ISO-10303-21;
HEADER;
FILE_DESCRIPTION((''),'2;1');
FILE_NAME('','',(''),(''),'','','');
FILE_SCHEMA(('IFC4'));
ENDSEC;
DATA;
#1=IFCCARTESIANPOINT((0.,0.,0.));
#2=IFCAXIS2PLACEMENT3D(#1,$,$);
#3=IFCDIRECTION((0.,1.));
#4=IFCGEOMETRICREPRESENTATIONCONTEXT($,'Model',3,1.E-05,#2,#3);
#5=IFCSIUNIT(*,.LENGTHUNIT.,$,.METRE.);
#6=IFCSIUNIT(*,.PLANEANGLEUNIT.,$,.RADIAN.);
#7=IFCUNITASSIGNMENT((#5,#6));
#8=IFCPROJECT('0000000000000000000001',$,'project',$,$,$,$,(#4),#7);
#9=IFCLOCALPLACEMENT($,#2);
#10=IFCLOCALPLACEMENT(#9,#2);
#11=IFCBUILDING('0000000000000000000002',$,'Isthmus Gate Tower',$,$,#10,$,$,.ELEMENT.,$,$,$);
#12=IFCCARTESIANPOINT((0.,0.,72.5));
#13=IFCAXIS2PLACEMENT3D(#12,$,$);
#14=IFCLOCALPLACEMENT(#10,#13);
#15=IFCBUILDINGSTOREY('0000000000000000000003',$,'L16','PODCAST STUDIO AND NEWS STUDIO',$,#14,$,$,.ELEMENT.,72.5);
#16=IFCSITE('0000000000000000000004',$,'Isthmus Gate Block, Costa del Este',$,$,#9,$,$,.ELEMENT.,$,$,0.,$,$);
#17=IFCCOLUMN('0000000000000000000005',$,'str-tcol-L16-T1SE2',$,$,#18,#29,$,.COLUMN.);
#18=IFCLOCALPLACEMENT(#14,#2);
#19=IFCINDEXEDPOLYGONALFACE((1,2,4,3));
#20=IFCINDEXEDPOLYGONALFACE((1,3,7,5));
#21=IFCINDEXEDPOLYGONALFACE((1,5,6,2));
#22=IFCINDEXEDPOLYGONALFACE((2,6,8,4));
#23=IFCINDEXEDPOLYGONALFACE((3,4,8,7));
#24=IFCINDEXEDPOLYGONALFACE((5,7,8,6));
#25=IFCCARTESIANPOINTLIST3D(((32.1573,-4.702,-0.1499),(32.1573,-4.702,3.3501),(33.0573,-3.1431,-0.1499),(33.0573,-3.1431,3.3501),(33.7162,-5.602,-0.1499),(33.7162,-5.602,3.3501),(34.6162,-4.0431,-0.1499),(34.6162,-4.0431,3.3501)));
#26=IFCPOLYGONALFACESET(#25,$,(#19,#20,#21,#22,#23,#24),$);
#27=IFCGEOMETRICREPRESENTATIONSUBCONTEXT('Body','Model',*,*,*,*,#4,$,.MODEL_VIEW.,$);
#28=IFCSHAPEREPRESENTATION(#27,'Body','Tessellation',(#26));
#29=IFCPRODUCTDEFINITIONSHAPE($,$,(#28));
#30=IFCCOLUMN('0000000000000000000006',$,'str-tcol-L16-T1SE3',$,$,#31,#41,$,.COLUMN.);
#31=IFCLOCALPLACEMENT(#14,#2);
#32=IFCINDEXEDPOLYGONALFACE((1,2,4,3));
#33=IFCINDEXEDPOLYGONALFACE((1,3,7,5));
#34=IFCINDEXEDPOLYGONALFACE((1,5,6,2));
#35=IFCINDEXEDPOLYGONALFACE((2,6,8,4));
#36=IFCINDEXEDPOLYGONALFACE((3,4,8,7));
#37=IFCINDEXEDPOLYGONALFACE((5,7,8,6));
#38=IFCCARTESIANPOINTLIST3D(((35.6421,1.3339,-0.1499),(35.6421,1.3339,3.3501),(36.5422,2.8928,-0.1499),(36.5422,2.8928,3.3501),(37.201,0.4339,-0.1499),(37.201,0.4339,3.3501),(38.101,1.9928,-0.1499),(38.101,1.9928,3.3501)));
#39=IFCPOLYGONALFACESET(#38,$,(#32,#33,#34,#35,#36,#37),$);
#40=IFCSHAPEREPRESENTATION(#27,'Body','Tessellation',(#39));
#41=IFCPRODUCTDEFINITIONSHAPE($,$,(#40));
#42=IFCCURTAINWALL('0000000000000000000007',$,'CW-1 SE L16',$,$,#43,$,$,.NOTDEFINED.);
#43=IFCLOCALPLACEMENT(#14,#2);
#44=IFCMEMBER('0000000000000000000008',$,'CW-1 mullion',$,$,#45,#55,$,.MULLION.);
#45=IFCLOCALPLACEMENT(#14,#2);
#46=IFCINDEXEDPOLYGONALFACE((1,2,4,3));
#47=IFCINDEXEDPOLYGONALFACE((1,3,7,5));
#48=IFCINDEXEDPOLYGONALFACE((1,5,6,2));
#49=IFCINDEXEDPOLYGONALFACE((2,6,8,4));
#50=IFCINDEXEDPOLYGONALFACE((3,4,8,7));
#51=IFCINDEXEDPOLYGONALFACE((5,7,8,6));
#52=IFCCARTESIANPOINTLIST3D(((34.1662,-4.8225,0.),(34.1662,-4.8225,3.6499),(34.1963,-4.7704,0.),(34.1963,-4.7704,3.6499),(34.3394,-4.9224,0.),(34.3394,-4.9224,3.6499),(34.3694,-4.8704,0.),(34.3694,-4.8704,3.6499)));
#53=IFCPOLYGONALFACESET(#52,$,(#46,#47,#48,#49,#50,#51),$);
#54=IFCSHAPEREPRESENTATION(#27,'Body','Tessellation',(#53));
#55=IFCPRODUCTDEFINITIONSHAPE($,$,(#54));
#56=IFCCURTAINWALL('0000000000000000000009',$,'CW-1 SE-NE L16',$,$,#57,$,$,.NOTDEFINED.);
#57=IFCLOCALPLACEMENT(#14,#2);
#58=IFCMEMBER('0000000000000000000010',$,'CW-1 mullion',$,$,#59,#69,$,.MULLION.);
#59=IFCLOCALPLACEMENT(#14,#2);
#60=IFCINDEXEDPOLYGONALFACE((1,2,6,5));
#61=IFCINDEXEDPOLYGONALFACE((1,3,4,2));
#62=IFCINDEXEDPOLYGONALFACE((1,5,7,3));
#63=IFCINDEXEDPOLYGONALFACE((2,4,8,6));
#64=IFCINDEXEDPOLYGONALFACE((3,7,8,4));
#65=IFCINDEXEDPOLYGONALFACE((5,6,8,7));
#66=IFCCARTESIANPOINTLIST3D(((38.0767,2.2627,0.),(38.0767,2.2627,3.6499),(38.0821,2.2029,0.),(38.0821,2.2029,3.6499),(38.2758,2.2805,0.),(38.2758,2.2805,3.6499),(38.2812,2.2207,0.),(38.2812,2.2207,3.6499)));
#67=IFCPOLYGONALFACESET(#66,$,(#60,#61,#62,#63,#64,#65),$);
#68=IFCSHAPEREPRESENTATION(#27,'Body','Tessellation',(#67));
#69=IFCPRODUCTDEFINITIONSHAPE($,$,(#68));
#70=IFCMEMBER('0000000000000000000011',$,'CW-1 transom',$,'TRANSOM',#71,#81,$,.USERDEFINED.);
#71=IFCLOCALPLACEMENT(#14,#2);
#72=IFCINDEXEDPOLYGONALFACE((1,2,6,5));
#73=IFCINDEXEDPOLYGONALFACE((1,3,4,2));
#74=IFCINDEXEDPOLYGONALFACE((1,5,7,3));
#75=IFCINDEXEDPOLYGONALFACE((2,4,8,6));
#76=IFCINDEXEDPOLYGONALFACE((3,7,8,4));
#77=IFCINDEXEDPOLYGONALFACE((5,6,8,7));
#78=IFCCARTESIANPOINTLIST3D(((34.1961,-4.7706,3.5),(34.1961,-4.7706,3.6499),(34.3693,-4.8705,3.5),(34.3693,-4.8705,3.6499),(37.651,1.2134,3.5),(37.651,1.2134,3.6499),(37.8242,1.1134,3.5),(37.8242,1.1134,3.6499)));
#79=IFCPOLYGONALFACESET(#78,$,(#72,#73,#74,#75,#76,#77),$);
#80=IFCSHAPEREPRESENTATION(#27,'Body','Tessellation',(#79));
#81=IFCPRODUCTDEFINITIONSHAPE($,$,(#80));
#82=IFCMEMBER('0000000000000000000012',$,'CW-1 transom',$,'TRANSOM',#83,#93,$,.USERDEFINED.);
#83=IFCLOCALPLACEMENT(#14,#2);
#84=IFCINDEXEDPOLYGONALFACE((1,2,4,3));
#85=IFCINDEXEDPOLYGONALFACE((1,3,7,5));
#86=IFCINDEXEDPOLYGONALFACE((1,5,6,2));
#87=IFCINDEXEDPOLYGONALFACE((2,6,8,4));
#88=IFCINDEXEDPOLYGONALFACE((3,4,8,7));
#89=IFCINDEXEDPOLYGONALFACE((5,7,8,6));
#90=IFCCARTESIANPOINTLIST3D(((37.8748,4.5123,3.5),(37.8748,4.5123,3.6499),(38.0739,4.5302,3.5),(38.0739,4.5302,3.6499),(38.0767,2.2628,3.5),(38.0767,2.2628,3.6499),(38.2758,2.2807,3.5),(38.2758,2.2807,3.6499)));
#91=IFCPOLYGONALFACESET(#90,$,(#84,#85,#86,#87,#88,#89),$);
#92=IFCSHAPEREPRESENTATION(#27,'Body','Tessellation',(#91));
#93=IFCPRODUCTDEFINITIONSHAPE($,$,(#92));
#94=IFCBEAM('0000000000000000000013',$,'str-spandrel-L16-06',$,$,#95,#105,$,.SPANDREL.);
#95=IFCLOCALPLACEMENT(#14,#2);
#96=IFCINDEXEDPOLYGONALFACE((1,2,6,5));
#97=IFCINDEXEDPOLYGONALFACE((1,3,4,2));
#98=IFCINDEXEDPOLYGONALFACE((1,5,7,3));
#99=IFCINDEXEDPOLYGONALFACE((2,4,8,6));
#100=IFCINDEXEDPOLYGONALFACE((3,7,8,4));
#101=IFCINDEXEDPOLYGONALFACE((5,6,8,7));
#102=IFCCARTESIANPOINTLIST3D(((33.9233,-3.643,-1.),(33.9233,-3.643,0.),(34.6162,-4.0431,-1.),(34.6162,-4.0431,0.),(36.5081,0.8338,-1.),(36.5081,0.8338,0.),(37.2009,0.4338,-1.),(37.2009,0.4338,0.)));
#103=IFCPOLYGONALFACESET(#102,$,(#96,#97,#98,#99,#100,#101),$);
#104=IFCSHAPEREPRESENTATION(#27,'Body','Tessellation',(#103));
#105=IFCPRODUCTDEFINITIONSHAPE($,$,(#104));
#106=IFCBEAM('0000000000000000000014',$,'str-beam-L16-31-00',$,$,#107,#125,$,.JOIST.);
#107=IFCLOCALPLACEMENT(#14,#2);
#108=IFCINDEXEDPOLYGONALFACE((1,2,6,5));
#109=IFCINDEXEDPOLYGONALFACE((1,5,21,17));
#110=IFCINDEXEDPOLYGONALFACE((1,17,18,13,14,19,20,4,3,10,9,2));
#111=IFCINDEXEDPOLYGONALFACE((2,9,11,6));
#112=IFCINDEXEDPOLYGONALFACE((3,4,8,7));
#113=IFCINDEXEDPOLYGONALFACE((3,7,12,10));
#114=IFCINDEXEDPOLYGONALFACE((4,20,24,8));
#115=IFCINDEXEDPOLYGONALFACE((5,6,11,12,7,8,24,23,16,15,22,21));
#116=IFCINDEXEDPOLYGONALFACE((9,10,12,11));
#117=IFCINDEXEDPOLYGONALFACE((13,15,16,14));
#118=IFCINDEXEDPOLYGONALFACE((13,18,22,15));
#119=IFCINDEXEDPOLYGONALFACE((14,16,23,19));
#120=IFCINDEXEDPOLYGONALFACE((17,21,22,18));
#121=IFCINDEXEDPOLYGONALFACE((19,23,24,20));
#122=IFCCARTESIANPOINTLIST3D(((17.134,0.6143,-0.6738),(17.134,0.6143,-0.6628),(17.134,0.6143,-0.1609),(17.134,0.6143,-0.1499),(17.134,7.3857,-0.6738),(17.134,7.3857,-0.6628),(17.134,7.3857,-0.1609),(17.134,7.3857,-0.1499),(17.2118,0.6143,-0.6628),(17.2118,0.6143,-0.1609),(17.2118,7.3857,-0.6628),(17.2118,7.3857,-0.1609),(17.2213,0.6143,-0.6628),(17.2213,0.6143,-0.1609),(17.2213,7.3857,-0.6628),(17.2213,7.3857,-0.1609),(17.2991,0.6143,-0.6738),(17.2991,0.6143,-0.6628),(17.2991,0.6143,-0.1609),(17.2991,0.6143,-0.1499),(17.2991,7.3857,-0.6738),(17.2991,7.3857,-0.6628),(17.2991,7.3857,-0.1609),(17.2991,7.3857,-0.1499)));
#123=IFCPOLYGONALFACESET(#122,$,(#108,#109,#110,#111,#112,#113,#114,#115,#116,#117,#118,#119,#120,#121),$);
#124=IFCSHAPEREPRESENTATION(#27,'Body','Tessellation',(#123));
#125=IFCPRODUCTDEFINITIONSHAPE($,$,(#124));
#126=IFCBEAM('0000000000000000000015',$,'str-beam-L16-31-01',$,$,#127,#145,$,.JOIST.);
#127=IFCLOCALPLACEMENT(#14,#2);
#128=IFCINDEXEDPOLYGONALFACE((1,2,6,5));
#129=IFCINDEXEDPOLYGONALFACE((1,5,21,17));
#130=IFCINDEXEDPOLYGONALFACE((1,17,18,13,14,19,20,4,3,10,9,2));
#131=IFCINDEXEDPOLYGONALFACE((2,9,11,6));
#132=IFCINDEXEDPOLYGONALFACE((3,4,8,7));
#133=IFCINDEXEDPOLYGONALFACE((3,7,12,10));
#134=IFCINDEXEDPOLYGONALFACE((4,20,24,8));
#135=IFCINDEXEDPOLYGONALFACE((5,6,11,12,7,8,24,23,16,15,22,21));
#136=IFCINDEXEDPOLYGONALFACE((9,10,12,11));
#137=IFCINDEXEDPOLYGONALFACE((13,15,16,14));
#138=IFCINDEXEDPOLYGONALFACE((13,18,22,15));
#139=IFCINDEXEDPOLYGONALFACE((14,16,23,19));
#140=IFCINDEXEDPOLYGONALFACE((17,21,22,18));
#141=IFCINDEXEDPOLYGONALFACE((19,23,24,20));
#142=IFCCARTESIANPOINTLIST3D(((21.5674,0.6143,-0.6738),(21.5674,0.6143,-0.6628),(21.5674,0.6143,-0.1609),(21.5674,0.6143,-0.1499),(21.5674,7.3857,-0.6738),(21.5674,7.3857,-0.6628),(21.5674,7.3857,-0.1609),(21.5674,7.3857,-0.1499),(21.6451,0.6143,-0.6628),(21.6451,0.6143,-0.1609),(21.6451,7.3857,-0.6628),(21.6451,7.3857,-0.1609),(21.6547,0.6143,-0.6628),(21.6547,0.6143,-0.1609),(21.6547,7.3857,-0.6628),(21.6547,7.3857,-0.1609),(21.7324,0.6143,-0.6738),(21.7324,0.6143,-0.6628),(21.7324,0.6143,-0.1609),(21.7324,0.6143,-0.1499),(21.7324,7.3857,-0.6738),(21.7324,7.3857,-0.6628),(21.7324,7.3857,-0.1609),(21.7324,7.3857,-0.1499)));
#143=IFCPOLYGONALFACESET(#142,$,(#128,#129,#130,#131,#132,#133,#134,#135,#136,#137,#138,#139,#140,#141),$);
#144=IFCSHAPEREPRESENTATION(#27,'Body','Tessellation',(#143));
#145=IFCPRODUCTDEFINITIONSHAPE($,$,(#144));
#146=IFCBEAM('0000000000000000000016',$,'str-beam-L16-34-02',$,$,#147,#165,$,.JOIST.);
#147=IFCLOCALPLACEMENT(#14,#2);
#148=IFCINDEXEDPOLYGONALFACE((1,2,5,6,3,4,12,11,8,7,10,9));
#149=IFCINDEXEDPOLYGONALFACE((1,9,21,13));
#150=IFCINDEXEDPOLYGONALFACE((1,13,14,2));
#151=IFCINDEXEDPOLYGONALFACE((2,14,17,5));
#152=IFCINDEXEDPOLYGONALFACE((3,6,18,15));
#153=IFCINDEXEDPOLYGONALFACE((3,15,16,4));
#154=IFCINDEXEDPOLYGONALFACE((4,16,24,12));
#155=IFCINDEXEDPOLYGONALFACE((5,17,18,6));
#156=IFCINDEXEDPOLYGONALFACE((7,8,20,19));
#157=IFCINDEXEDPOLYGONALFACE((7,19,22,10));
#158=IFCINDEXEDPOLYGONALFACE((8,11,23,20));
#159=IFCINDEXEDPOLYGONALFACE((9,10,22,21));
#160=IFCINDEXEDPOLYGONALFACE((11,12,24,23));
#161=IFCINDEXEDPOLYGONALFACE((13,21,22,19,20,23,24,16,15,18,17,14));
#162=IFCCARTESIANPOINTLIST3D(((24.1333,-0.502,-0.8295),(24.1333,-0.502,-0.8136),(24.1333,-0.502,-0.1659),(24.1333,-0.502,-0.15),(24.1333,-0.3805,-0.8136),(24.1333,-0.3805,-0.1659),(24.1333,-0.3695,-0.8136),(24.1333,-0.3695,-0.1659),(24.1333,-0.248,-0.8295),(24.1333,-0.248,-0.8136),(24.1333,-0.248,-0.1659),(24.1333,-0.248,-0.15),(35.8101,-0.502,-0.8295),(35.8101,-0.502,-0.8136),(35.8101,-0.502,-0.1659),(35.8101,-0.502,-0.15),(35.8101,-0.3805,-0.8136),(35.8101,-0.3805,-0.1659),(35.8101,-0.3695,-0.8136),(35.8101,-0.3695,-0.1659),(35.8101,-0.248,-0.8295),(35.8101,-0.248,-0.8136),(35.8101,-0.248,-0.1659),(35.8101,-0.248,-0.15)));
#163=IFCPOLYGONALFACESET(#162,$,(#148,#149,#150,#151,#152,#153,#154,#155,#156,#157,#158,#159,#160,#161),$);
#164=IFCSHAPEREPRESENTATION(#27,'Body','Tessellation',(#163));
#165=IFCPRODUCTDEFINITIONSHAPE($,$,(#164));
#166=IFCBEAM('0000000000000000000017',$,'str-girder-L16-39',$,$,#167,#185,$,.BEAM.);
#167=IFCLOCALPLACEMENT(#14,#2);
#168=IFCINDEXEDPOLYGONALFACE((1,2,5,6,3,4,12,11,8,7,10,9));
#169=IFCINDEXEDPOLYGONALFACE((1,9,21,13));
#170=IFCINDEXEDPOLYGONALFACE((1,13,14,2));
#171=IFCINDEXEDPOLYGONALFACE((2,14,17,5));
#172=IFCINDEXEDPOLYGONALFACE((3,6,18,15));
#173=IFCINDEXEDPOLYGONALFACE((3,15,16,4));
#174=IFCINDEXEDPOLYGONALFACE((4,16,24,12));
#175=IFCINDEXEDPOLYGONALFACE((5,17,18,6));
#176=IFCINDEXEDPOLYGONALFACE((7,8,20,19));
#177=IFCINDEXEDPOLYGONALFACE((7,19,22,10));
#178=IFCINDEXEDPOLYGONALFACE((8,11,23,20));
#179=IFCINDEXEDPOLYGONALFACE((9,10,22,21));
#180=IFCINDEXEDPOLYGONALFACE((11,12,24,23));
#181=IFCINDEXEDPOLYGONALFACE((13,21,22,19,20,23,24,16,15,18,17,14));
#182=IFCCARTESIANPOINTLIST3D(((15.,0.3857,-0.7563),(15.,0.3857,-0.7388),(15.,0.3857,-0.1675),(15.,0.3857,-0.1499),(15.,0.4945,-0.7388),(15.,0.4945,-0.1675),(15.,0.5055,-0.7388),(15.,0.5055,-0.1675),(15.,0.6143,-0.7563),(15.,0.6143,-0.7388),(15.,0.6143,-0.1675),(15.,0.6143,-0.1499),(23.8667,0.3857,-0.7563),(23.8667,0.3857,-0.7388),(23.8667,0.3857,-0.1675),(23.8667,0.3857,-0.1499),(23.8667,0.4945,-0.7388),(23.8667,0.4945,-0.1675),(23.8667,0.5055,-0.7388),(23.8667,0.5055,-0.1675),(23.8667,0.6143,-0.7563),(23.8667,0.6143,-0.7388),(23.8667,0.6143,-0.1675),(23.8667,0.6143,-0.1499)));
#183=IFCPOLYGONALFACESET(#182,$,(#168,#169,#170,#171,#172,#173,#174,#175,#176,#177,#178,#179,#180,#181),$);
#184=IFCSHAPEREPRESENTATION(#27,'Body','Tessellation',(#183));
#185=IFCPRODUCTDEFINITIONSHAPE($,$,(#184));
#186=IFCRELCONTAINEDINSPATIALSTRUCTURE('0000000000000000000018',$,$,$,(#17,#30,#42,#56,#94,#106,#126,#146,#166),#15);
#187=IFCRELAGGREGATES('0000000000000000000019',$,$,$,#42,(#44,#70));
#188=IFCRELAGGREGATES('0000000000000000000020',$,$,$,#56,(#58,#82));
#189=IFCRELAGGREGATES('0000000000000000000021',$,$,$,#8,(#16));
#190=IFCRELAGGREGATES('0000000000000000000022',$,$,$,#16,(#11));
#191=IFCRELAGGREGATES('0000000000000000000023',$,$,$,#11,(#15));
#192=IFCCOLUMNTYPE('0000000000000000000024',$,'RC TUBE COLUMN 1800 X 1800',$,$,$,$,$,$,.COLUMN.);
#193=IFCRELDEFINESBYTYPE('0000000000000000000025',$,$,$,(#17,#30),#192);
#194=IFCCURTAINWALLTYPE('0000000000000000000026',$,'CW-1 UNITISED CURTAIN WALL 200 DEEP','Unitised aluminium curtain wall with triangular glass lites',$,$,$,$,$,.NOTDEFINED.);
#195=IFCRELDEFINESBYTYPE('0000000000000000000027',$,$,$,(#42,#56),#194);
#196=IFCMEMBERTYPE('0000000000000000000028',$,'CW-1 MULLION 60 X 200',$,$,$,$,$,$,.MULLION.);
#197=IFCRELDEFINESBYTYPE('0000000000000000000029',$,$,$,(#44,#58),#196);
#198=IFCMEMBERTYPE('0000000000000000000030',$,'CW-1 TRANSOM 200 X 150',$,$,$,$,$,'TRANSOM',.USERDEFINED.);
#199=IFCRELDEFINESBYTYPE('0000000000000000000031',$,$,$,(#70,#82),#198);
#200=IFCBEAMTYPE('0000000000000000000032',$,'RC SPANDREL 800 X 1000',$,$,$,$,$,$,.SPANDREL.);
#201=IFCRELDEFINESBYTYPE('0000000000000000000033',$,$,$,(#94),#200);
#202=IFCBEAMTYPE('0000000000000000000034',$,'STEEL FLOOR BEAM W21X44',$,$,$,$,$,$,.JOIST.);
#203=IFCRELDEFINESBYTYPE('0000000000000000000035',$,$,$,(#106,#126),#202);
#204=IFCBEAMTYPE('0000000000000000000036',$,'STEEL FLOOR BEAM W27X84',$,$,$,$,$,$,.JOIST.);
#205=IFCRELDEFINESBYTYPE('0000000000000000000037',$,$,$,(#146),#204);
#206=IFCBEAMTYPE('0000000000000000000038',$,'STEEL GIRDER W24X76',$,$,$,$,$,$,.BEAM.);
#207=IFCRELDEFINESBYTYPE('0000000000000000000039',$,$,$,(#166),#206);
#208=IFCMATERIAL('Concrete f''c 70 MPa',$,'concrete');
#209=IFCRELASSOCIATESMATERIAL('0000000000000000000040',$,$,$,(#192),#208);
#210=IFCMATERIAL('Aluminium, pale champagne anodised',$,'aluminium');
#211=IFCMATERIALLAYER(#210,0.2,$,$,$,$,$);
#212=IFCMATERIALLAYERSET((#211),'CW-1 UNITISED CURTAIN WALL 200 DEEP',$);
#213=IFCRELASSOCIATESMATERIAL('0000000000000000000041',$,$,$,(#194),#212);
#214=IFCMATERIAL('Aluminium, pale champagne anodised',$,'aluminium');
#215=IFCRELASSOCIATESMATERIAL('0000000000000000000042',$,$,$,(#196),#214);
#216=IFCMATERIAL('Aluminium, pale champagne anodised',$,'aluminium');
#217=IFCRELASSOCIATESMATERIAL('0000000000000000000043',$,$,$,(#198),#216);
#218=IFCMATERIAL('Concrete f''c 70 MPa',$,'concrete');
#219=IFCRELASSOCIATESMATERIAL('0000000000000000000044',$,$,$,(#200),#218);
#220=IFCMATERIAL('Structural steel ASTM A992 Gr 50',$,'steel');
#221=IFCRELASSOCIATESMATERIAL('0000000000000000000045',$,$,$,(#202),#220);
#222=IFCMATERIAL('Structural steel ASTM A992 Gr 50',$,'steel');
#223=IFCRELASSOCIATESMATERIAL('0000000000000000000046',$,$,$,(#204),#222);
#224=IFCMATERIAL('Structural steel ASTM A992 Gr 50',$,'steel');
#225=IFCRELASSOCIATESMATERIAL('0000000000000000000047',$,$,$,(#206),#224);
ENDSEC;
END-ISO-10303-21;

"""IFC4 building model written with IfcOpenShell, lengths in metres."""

from ifc_helpers import new_model, si_unit, direction, frame, origin, origin_2d, place, context, subcontext, project, spatial, rectangle, i_section, extrude, material, layer, layer_set, material_profile, profile_set, type_object, element, aggregate, save


model = new_model("IFC4")

# Units and contexts
model_context = context("Model", 3, precision=1e-05, world=origin(), true_north=direction((0.0, 1.0)))
body_context = subcontext(model_context, "Body", "Model", "MODEL_VIEW")
ifc_project = project(units=[si_unit("LENGTHUNIT", "METRE"), si_unit("PLANEANGLEUNIT", "RADIAN")], contexts=[model_context])

# Site, building, storey
site_placement = place(None, origin())
site = spatial("IfcSite", under=ifc_project, at=site_placement, Name="Isthmus Gate Block, Costa del Este", CompositionType="ELEMENT", RefElevation=0.0)
building_placement = place(site_placement, origin())
building = spatial("IfcBuilding", under=site, at=building_placement, Name="Isthmus Gate Tower", CompositionType="ELEMENT")
storey_placement = place(building_placement, frame((0.0, 0.0, 72.5)))
storey = spatial("IfcBuildingStorey", under=building, at=storey_placement, Name="L16", Description="PODCAST STUDIO AND NEWS STUDIO", CompositionType="ELEMENT", Elevation=72.5)

# Columns
ifc_material_1 = material(Name="Concrete f'c 70 MPa", Category="concrete")
ifc_material_profile_1 = material_profile(ifc_material_1, rectangle(XDim=1.8, YDim=1.8, at=origin_2d()), Name="RC 1800X1800")
ifc_profile_set_1 = profile_set([ifc_material_profile_1], Name="Concrete f'c 70 MPa")
column_type = type_object("IfcColumnType", Name="RC TUBE COLUMN 1800 X 1800", PredefinedType="COLUMN", material=ifc_profile_set_1)
for number, where, z_axis, x_axis, name in (
    (1, (33.3867, -4.3726, -0.1499), (0.0, 0.0, 1.0), (0.5, 0.866025, 0.0), "str-tcol-L16-T1SE2"),
    (2, (36.8716, 1.6633, -0.1499), (0.0, 0.0, 1.0), (0.5, 0.866025, 0.0), "str-tcol-L16-T1SE3"),
):
    element("IfcColumn", number, at=place(storey_placement, frame(where, z_axis=z_axis, x_axis=x_axis)), inside=storey, type_object=column_type, Name=name, PredefinedType="COLUMN", context=body_context, shape_type="SweptSolid", body=[
        extrude(rectangle(XDim=1.8, YDim=1.8, at=origin_2d()), origin(), (0.0, 0.0, 1.0), 3.5),
    ])

# Curtain walls, members
ifc_material_2 = material(Name="Aluminium, pale champagne anodised", Category="aluminium")
ifc_layer_1 = layer(ifc_material_2, 0.2)
ifc_layer_set_1 = layer_set([ifc_layer_1], Name="CW-1 UNITISED CURTAIN WALL 200 DEEP")
curtain_wall_type = type_object("IfcCurtainWallType", Name="CW-1 UNITISED CURTAIN WALL 200 DEEP", Description="Unitised aluminium curtain wall with triangular glass lites", PredefinedType="NOTDEFINED", material=ifc_layer_set_1)
curtain_wall_1_placement = place(storey_placement, origin())
curtain_wall_1 = element("IfcCurtainWall", 3, at=curtain_wall_1_placement, inside=storey, type_object=curtain_wall_type, Name="CW-1 SE L16", PredefinedType="NOTDEFINED")
ifc_material_3 = material(Name="Aluminium, pale champagne anodised", Category="aluminium")
ifc_material_profile_2 = material_profile(ifc_material_3, rectangle(XDim=0.0601, YDim=0.2, at=origin_2d()), Name="60x200")
ifc_profile_set_2 = profile_set([ifc_material_profile_2], Name="Aluminium, pale champagne anodised")
member_type_1 = type_object("IfcMemberType", Name="CW-1 MULLION 60 X 200", PredefinedType="MULLION", material=ifc_profile_set_2)
member_1_placement = place(storey_placement, frame((34.2678, -4.8464, 0.0), z_axis=(0.0, 0.0, 1.0), x_axis=(0.5, 0.866025, 0.0)))
member_1 = element("IfcMember", 4, at=member_1_placement, type_object=member_type_1, Name="CW-1 mullion", PredefinedType="MULLION", context=body_context, shape_type="SweptSolid", body=[
    extrude(rectangle(XDim=0.0601, YDim=0.2, at=origin_2d()), origin(), (0.0, 0.0, 1.0), 3.6499),
])
curtain_wall_2_placement = place(storey_placement, origin())
curtain_wall_2 = element("IfcCurtainWall", 5, at=curtain_wall_2_placement, inside=storey, type_object=curtain_wall_type, Name="CW-1 SE-NE L16", PredefinedType="NOTDEFINED")
member_2_placement = place(storey_placement, frame((38.179, 2.2417, 0.0), z_axis=(0.0, 0.0, 1.0), x_axis=(-0.089397, 0.995996, 0.0)))
member_2 = element("IfcMember", 6, at=member_2_placement, type_object=member_type_1, Name="CW-1 mullion", PredefinedType="MULLION", context=body_context, shape_type="SweptSolid", body=[
    extrude(rectangle(XDim=0.0601, YDim=0.2, at=origin_2d()), origin(), (0.0, 0.0, 1.0), 3.6499),
])

# Members
ifc_material_4 = material(Name="Aluminium, pale champagne anodised", Category="aluminium")
ifc_material_profile_3 = material_profile(ifc_material_4, rectangle(XDim=0.2, YDim=0.1499, at=origin_2d()), Name="200x150")
ifc_profile_set_3 = profile_set([ifc_material_profile_3], Name="Aluminium, pale champagne anodised")
member_type_2 = type_object("IfcMemberType", Name="CW-1 TRANSOM 200 X 150", ElementType="TRANSOM", PredefinedType="USERDEFINED", material=ifc_profile_set_3)
member_3_placement = place(storey_placement, frame((34.2827, -4.8206, 3.575), z_axis=(0.500004, 0.866023, 0.0), x_axis=(-0.866023, 0.500004, 0.0)))
member_3 = element("IfcMember", 7, at=member_3_placement, type_object=member_type_2, Name="CW-1 transom", ObjectType="TRANSOM", PredefinedType="USERDEFINED", context=body_context, shape_type="SweptSolid", body=[
    extrude(rectangle(XDim=0.2, YDim=0.1499, at=origin_2d()), origin(), (0.0, 0.0, 1.0), 6.9097),
])
member_4_placement = place(storey_placement, frame((38.1763, 2.2717, 3.575), z_axis=(-0.089395, 0.995996, 0.0), x_axis=(-0.995996, -0.089395, 0.0)))
member_4 = element("IfcMember", 8, at=member_4_placement, type_object=member_type_2, Name="CW-1 transom", ObjectType="TRANSOM", PredefinedType="USERDEFINED", context=body_context, shape_type="SweptSolid", body=[
    extrude(rectangle(XDim=0.2, YDim=0.1499, at=origin_2d()), origin(), (0.0, 0.0, 1.0), 2.2585),
])

# Beams
ifc_material_5 = material(Name="Concrete f'c 70 MPa", Category="concrete")
ifc_material_profile_4 = material_profile(ifc_material_5, rectangle(XDim=0.8, YDim=1.0, at=origin_2d()), Name="RC 800X1000")
ifc_profile_set_4 = profile_set([ifc_material_profile_4], Name="Concrete f'c 70 MPa")
beam_type_1 = type_object("IfcBeamType", Name="RC SPANDREL 800 X 1000", PredefinedType="SPANDREL", material=ifc_profile_set_4)
beam_1_placement = place(storey_placement, frame((36.8545, 0.6338, -0.5), z_axis=(-0.500005, -0.866023, 0.0), x_axis=(0.866023, -0.500005, 0.0)))
element("IfcBeam", 9, at=beam_1_placement, inside=storey, type_object=beam_type_1, Name="str-spandrel-L16-06", PredefinedType="SPANDREL", context=body_context, shape_type="SweptSolid", body=[
    extrude(rectangle(XDim=0.8, YDim=1.0, at=origin_2d()), origin(), (0.0, 0.0, 1.0), 5.1694),
])
ifc_material_6 = material(Name="Structural steel ASTM A992 Gr 50", Category="steel")
ifc_material_profile_5 = material_profile(ifc_material_6, i_section(OverallWidth=0.165, OverallDepth=0.5239, WebThickness=0.0095, FlangeThickness=0.011, at=origin_2d()), Name="W21X44")
ifc_profile_set_5 = profile_set([ifc_material_profile_5], Name="Structural steel ASTM A992 Gr 50")
beam_type_2 = type_object("IfcBeamType", Name="STEEL FLOOR BEAM W21X44", PredefinedType="JOIST", material=ifc_profile_set_5)
for number, where, z_axis, x_axis, name in (
    (10, (17.2166, 0.6143, -0.4119), (0.0, 1.0, 0.0), (-1.0, 0.0, 0.0), "str-beam-L16-31-00"),
    (11, (21.6499, 0.6143, -0.4119), (0.0, 1.0, 0.0), (-1.0, 0.0, 0.0), "str-beam-L16-31-01"),
):
    element("IfcBeam", number, at=place(storey_placement, frame(where, z_axis=z_axis, x_axis=x_axis)), inside=storey, type_object=beam_type_2, Name=name, PredefinedType="JOIST", context=body_context, shape_type="SweptSolid", body=[
        extrude(i_section(OverallWidth=0.165, OverallDepth=0.5239, WebThickness=0.0095, FlangeThickness=0.011, at=origin_2d()), origin(), (0.0, 0.0, 1.0), 6.7715),
    ])
ifc_material_7 = material(Name="Structural steel ASTM A992 Gr 50", Category="steel")
ifc_material_profile_6 = material_profile(ifc_material_7, i_section(OverallWidth=0.2539, OverallDepth=0.6794, WebThickness=0.011, FlangeThickness=0.0159, at=origin_2d()), Name="W27X84")
ifc_profile_set_6 = profile_set([ifc_material_profile_6], Name="Structural steel ASTM A992 Gr 50")
beam_type_3 = type_object("IfcBeamType", Name="STEEL FLOOR BEAM W27X84", PredefinedType="JOIST", material=ifc_profile_set_6)
beam_2_placement = place(storey_placement, frame((24.1333, -0.375, -0.4897), z_axis=(1.0, 0.0, 0.0), x_axis=(0.0, 1.0, 0.0)))
element("IfcBeam", 12, at=beam_2_placement, inside=storey, type_object=beam_type_3, Name="str-beam-L16-34-02", PredefinedType="JOIST", context=body_context, shape_type="SweptSolid", body=[
    extrude(i_section(OverallWidth=0.2539, OverallDepth=0.6794, WebThickness=0.011, FlangeThickness=0.0159, at=origin_2d()), origin(), (0.0, 0.0, 1.0), 11.6768),
])
ifc_material_8 = material(Name="Structural steel ASTM A992 Gr 50", Category="steel")
ifc_material_profile_7 = material_profile(ifc_material_8, i_section(OverallWidth=0.2285, OverallDepth=0.6064, WebThickness=0.011, FlangeThickness=0.0176, at=origin_2d()), Name="W24X76")
ifc_profile_set_7 = profile_set([ifc_material_profile_7], Name="Structural steel ASTM A992 Gr 50")
beam_type_4 = type_object("IfcBeamType", Name="STEEL GIRDER W24X76", PredefinedType="BEAM", material=ifc_profile_set_7)
beam_3_placement = place(storey_placement, frame((15.0, 0.5, -0.4531), z_axis=(1.0, 0.0, 0.0), x_axis=(0.0, 1.0, 0.0)))
element("IfcBeam", 13, at=beam_3_placement, inside=storey, type_object=beam_type_4, Name="str-girder-L16-39", PredefinedType="BEAM", context=body_context, shape_type="SweptSolid", body=[
    extrude(i_section(OverallWidth=0.2285, OverallDepth=0.6064, WebThickness=0.011, FlangeThickness=0.0176, at=origin_2d()), origin(), (0.0, 0.0, 1.0), 8.8667),
])

aggregate(curtain_wall_1, [member_1, member_3])
aggregate(curtain_wall_2, [member_2, member_4])

save(model, "model.ifc")
